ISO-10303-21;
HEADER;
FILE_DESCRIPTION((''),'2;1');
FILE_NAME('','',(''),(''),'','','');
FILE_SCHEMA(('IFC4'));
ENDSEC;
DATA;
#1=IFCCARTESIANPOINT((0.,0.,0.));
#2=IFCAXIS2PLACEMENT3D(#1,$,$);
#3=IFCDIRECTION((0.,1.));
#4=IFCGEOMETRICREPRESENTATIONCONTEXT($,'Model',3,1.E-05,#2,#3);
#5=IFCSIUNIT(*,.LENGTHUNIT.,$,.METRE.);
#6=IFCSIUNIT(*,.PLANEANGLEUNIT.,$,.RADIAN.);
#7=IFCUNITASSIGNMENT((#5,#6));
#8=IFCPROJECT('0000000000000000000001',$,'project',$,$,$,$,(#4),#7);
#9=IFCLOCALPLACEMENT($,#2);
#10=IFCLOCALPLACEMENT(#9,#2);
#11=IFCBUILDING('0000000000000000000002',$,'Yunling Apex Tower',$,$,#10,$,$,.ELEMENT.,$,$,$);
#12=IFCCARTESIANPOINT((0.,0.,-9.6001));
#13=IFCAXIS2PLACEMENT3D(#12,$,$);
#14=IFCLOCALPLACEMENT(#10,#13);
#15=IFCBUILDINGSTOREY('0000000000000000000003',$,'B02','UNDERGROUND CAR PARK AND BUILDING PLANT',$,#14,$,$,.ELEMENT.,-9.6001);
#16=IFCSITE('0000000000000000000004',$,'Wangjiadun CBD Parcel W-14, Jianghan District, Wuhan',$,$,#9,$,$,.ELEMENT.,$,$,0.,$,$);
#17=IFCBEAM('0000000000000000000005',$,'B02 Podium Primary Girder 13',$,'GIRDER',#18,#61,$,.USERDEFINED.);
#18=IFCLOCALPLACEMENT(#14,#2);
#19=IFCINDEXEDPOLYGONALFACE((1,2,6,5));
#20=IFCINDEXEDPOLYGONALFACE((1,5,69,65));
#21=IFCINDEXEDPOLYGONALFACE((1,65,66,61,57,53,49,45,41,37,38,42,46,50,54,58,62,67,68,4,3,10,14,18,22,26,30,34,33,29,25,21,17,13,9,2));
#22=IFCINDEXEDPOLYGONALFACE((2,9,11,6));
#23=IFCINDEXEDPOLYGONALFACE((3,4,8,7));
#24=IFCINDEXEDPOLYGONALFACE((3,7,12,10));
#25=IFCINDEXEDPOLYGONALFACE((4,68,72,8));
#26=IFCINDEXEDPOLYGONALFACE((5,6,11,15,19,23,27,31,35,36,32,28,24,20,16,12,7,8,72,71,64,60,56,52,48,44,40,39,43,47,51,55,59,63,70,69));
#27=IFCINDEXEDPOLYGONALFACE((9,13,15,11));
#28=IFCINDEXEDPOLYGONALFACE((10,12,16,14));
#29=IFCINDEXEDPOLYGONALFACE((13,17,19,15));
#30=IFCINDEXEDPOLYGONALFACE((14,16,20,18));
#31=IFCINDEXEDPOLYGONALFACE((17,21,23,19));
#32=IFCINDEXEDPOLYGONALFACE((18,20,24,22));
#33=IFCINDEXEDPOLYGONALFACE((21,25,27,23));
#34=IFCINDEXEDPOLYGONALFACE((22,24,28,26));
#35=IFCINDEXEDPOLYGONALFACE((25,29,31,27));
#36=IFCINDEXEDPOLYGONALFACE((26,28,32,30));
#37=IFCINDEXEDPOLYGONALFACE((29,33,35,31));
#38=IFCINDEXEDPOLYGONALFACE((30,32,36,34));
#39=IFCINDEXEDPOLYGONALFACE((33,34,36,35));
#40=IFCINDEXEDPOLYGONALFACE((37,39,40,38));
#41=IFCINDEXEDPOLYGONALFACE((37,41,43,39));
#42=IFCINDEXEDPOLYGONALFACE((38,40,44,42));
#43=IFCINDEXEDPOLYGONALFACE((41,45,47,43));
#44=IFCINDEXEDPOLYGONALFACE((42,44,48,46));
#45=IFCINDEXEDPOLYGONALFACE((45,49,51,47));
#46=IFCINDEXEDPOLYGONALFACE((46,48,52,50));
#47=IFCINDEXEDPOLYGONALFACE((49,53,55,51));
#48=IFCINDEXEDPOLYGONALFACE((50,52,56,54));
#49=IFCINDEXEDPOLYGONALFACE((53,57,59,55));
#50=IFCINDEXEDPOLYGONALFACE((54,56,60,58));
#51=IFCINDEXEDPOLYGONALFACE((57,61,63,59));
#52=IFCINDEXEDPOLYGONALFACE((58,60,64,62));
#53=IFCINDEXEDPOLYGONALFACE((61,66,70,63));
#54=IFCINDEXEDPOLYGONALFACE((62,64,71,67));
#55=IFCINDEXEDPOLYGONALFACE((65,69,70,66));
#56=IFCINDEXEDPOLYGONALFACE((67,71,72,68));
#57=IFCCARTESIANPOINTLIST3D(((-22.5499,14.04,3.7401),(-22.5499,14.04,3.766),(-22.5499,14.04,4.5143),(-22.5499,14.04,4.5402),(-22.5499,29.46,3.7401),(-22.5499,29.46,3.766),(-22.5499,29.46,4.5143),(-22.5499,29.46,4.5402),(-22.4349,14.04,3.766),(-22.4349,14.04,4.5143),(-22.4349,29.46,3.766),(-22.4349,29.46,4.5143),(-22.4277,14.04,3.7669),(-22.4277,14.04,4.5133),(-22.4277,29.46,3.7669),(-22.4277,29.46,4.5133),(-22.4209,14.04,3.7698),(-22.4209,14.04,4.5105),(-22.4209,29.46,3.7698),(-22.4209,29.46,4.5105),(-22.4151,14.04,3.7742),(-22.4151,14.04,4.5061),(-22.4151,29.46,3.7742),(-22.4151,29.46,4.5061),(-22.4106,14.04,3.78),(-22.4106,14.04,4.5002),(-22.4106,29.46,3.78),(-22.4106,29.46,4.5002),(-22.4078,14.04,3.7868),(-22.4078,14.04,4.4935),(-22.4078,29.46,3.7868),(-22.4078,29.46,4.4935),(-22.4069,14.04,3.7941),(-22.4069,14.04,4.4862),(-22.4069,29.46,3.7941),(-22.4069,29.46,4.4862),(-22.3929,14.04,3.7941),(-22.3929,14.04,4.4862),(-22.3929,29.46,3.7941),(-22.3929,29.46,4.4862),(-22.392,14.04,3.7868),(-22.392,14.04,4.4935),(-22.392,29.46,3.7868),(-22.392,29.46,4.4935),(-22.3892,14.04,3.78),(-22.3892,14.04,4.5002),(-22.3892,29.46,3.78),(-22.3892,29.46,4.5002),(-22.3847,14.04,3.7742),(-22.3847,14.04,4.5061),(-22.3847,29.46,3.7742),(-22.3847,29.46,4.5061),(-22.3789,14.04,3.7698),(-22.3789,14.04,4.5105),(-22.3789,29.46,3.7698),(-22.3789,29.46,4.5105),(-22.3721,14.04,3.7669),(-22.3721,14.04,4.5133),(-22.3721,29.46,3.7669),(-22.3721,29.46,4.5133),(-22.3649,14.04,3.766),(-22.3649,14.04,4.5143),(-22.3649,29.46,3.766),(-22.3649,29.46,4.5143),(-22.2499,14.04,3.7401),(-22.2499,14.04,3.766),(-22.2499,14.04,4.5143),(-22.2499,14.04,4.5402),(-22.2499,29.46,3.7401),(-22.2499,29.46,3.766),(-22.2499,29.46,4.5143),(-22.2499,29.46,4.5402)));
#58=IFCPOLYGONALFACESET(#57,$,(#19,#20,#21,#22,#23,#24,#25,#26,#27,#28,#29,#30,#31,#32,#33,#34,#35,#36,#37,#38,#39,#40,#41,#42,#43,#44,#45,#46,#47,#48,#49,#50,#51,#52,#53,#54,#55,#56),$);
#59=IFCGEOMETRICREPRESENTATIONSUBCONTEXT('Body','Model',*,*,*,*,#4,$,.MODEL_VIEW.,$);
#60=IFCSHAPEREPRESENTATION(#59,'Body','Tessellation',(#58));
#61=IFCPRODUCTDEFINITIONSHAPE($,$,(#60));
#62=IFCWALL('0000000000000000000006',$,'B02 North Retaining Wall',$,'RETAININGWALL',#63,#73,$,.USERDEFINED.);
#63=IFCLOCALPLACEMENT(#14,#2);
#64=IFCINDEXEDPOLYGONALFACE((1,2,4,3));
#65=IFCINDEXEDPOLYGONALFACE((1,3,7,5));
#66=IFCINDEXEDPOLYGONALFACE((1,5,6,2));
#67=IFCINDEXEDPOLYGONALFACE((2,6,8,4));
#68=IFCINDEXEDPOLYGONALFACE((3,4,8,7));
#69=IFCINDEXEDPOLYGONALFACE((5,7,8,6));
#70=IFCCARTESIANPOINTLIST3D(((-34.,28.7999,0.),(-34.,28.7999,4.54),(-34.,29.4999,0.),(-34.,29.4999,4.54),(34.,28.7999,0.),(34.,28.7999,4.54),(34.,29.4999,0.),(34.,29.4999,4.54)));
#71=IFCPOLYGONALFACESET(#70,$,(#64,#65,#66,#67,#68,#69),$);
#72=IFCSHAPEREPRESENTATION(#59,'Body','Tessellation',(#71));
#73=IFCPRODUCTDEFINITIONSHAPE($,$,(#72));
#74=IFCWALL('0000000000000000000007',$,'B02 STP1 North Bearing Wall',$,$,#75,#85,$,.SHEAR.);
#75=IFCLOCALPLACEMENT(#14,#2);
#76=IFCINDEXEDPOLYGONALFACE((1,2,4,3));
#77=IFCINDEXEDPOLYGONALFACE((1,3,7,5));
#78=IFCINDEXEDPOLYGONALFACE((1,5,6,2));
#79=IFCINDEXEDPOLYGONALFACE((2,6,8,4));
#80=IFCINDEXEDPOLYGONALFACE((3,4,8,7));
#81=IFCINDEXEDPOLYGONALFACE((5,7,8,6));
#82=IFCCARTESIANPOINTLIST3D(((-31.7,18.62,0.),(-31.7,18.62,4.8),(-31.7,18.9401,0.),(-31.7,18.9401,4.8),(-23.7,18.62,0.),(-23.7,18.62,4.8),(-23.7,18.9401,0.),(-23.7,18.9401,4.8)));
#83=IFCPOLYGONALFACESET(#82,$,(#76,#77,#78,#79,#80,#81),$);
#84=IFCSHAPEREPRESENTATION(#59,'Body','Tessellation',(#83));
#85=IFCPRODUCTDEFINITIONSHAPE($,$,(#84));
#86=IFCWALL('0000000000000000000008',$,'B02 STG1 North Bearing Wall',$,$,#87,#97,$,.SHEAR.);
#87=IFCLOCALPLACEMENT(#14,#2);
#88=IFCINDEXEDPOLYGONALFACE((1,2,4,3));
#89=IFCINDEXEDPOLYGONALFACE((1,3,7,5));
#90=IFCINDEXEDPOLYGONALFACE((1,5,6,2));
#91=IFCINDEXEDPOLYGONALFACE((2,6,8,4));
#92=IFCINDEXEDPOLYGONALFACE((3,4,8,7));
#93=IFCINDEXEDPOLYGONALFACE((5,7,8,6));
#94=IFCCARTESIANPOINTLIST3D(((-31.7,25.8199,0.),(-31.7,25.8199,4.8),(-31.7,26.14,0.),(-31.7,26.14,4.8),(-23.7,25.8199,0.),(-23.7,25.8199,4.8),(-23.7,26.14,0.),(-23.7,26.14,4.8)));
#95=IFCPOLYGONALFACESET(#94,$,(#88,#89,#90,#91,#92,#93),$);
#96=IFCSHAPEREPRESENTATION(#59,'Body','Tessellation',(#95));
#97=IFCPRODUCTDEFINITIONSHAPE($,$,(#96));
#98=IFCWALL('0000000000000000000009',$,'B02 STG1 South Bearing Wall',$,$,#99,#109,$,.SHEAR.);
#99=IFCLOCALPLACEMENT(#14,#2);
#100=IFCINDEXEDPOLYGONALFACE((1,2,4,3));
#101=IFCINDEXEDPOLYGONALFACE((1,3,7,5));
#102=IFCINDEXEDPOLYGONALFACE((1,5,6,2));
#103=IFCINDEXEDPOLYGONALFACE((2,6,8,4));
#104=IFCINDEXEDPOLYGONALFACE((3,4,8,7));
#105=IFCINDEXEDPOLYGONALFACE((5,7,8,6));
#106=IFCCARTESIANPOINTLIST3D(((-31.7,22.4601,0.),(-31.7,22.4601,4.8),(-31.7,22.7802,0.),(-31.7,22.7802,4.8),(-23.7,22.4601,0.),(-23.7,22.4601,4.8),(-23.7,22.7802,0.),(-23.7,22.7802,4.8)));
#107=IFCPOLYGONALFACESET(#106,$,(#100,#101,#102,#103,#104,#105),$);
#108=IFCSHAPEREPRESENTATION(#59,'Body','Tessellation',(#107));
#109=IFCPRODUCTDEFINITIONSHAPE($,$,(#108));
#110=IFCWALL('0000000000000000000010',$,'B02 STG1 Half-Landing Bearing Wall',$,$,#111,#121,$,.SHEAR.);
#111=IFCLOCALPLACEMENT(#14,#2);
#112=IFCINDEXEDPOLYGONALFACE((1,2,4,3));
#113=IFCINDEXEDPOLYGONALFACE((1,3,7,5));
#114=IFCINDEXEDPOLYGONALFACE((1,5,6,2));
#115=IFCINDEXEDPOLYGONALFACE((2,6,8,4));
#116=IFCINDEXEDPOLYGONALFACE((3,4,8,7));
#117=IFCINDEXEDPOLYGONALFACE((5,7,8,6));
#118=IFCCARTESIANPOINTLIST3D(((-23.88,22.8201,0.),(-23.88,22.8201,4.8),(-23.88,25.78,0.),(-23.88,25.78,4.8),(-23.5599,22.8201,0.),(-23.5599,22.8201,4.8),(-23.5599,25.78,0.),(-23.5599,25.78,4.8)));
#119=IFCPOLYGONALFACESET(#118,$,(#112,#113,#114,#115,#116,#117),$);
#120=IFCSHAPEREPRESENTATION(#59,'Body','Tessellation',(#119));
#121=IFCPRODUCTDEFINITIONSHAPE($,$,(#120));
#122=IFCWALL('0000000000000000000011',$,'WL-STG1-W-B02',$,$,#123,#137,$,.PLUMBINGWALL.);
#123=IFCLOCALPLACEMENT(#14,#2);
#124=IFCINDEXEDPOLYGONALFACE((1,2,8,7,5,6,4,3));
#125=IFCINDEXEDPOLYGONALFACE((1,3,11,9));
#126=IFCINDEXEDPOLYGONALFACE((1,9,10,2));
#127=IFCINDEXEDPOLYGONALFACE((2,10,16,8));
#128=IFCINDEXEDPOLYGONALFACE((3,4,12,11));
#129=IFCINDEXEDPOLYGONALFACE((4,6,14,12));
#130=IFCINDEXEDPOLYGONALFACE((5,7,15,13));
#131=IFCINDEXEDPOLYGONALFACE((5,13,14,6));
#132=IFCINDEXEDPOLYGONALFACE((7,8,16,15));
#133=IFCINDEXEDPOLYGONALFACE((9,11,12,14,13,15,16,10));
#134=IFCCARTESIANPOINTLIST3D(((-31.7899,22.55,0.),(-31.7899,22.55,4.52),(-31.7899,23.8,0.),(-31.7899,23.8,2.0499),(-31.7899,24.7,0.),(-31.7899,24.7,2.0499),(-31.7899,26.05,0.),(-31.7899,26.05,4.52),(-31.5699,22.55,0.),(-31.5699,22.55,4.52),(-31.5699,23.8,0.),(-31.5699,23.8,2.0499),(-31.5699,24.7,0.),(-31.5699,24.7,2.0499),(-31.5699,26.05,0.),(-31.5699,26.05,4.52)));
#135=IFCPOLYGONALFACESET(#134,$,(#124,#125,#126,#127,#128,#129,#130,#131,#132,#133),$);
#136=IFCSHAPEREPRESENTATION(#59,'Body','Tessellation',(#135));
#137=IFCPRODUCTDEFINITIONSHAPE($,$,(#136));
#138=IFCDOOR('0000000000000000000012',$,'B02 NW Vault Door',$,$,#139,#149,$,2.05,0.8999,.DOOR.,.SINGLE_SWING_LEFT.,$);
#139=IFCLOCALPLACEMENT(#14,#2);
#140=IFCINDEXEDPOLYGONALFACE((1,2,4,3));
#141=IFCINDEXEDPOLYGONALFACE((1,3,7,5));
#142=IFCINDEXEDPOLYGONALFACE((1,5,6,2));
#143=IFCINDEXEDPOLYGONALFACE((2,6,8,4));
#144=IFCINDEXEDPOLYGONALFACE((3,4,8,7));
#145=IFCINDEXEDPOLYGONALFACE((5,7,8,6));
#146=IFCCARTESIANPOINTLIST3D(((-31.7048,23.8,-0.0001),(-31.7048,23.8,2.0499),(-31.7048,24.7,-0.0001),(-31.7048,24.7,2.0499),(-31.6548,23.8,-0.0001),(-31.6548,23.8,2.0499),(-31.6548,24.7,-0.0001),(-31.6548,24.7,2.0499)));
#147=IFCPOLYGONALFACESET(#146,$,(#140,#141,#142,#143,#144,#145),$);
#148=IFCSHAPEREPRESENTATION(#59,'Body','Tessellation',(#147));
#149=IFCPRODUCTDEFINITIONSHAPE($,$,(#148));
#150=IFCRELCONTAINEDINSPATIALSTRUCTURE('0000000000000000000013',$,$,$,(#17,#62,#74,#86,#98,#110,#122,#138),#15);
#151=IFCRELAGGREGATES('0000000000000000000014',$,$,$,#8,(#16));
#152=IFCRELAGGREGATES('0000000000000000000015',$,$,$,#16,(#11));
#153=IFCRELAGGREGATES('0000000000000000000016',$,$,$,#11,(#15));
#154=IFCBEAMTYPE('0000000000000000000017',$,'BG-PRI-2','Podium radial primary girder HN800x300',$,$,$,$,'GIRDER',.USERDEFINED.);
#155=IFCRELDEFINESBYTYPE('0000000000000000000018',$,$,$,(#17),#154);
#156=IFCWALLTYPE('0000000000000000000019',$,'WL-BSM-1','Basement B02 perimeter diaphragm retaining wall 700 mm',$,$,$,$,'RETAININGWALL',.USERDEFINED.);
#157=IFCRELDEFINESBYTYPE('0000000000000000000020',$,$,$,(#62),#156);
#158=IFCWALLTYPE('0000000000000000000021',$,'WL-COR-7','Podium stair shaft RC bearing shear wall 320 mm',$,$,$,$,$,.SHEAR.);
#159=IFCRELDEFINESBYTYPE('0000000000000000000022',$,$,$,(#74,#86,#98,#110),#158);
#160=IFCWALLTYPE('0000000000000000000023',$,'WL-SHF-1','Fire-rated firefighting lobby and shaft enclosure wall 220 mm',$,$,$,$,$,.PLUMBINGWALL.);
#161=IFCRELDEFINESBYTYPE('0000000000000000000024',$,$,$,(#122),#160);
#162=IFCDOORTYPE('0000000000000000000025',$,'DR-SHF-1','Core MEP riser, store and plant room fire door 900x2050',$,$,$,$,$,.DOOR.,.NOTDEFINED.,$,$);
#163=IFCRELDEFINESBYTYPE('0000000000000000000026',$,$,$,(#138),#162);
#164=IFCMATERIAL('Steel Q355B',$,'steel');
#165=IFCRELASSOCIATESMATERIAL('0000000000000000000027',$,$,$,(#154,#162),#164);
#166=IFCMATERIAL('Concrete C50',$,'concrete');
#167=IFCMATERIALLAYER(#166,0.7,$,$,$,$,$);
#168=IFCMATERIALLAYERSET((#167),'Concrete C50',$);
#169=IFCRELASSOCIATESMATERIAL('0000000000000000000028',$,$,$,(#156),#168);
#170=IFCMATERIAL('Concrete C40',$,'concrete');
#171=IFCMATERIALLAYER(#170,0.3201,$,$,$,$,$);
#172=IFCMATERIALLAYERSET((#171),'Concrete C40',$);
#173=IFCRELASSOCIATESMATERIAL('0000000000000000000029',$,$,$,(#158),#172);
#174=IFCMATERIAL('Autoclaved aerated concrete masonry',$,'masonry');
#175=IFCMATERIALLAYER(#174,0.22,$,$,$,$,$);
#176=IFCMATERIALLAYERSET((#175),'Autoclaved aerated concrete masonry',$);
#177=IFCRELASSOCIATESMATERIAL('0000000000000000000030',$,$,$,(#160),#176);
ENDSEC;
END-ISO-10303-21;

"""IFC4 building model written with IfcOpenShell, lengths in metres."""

from ifc_helpers import new_model, si_unit, direction, frame, frame_2d, origin, origin_2d, place, context, subcontext, project, spatial, rectangle, i_section, extrude, source, transform, mapped, material, layer, layer_set, material_profile, profile_set, type_object, element, fill, save


model = new_model("IFC4")

# Units and contexts
model_context = context("Model", 3, precision=1e-05, world=origin(), true_north=direction((0.0, 1.0)))
body_context = subcontext(model_context, "Body", "Model", "MODEL_VIEW")
ifc_project = project(units=[si_unit("LENGTHUNIT", "METRE"), si_unit("PLANEANGLEUNIT", "RADIAN")], contexts=[model_context])

# Site, building, storey
site_placement = place(None, origin())
site = spatial("IfcSite", under=ifc_project, at=site_placement, Name="Wangjiadun CBD Parcel W-14, Jianghan District, Wuhan", CompositionType="ELEMENT", RefElevation=0.0)
building_placement = place(site_placement, origin())
building = spatial("IfcBuilding", under=site, at=building_placement, Name="Yunling Apex Tower", CompositionType="ELEMENT")
storey_placement = place(building_placement, frame((0.0, 0.0, -9.6001)))
storey = spatial("IfcBuildingStorey", under=building, at=storey_placement, Name="B02", Description="UNDERGROUND CAR PARK AND BUILDING PLANT", CompositionType="ELEMENT", Elevation=-9.6001)

# Shared definitions
ifc_material_1 = material(Name="Concrete C50", Category="concrete")

# Beam
ifc_material_2 = material(Name="Steel Q355B", Category="steel")
ifc_material_profile_1 = material_profile(ifc_material_2, i_section(OverallWidth=0.3, OverallDepth=0.8, WebThickness=0.0139, FlangeThickness=0.0259, FilletRadius=0.0281, at=origin_2d()))
ifc_profile_set_1 = profile_set([ifc_material_profile_1], Name="Steel Q355B")
beam_type_1 = type_object("IfcBeamType", Name="BG-PRI-2", Description="Podium radial primary girder HN800x300", ElementType="GIRDER", PredefinedType="USERDEFINED", material=ifc_profile_set_1)
shared_shape_1 = source(origin(), body_context, "Body", "SweptSolid", [
    extrude(i_section(OverallWidth=0.3, OverallDepth=0.8, WebThickness=0.0139, FlangeThickness=0.0259, FilletRadius=0.0281, at=origin_2d()), origin(), (0.0, 0.0, 1.0), 15.4199),
])
beam_1_placement = place(storey_placement, frame((-22.3999, 29.46, 4.1401), z_axis=(0.0, -1.0, 0.0), x_axis=(1.0, 0.0, 0.0)))
element("IfcBeam", 1, at=beam_1_placement, inside=storey, type_object=beam_type_1, Name="B02 Podium Primary Girder 13", ObjectType="GIRDER", PredefinedType="USERDEFINED", context=body_context, shape_type="MappedRepresentation", body=[
    mapped(shared_shape_1, transform((0.0, 0.0, 0.0), scale=1.0)),
])

# Walls
ifc_layer_1 = layer(ifc_material_1, 0.7)
ifc_layer_set_1 = layer_set([ifc_layer_1], Name="Concrete C50")
wall_type_1 = type_object("IfcWallType", Name="WL-BSM-1", Description="Basement B02 perimeter diaphragm retaining wall 700 mm", ElementType="RETAININGWALL", PredefinedType="USERDEFINED", material=ifc_layer_set_1)
wall_1_placement = place(storey_placement, frame((-34.0, 29.1499, 0.0), z_axis=(0.0, 0.0, 1.0), x_axis=(1.0, 0.0, 0.0)))
element("IfcWall", 2, at=wall_1_placement, inside=storey, type_object=wall_type_1, Name="B02 North Retaining Wall", ObjectType="RETAININGWALL", PredefinedType="USERDEFINED", context=body_context, shape_type="SweptSolid", body=[
    extrude(rectangle(XDim=68.0, YDim=0.7, at=frame_2d((34.0, 0.0))), origin(), (0.0, 0.0, 1.0), 4.54),
])
ifc_material_3 = material(Name="Concrete C40", Category="concrete")
ifc_layer_2 = layer(ifc_material_3, 0.3201)
ifc_layer_set_2 = layer_set([ifc_layer_2], Name="Concrete C40")
wall_type_2 = type_object("IfcWallType", Name="WL-COR-7", Description="Podium stair shaft RC bearing shear wall 320 mm", PredefinedType="SHEAR", material=ifc_layer_set_2)
for number, where, z_axis, x_axis, name in (
    (3, (-31.7, 18.78, 0.0), (0.0, 0.0, 1.0), (1.0, 0.0, 0.0), "B02 STP1 North Bearing Wall"),
    (4, (-31.7, 25.98, 0.0), (0.0, 0.0, 1.0), (1.0, 0.0, 0.0), "B02 STG1 North Bearing Wall"),
    (5, (-31.7, 22.6201, 0.0), (0.0, 0.0, 1.0), (1.0, 0.0, 0.0), "B02 STG1 South Bearing Wall"),
):
    element("IfcWall", number, at=place(storey_placement, frame(where, z_axis=z_axis, x_axis=x_axis)), inside=storey, type_object=wall_type_2, Name=name, PredefinedType="SHEAR", context=body_context, shape_type="SweptSolid", body=[
        extrude(rectangle(XDim=8.0, YDim=0.3201, at=frame_2d((4.0, 0.0))), origin(), (0.0, 0.0, 1.0), 4.8),
    ])
wall_2_placement = place(storey_placement, frame((-23.72, 22.8201, 0.0), z_axis=(0.0, 0.0, 1.0), x_axis=(0.0, 1.0, 0.0)))
element("IfcWall", 6, at=wall_2_placement, inside=storey, type_object=wall_type_2, Name="B02 STG1 Half-Landing Bearing Wall", PredefinedType="SHEAR", context=body_context, shape_type="SweptSolid", body=[
    extrude(rectangle(XDim=2.96, YDim=0.3201, at=frame_2d((1.48, 0.0))), origin(), (0.0, 0.0, 1.0), 4.8),
])

# Wall, opening, door
ifc_material_4 = material(Name="Autoclaved aerated concrete masonry", Category="masonry")
ifc_layer_3 = layer(ifc_material_4, 0.22)
ifc_layer_set_3 = layer_set([ifc_layer_3], Name="Autoclaved aerated concrete masonry")
wall_type_3 = type_object("IfcWallType", Name="WL-SHF-1", Description="Fire-rated firefighting lobby and shaft enclosure wall 220 mm", PredefinedType="PLUMBINGWALL", material=ifc_layer_set_3)
wall_3_placement = place(storey_placement, frame((-31.6799, 22.55, 0.0), z_axis=(0.0, 0.0, 1.0), x_axis=(0.0, 1.0, 0.0)))
wall_3 = element("IfcWall", 7, at=wall_3_placement, inside=storey, type_object=wall_type_3, Name="WL-STG1-W-B02", PredefinedType="PLUMBINGWALL", context=body_context, shape_type="SweptSolid", body=[
    extrude(rectangle(XDim=3.5, YDim=0.22, at=frame_2d((1.75, 0.0))), origin(), (0.0, 0.0, 1.0), 4.52),
])
opening_placement = place(wall_3_placement, frame((1.25, 0.0, 0.0)))
opening = element("IfcOpeningElement", 8, at=opening_placement, cuts=wall_3, PredefinedType="OPENING", context=body_context, shape_type="SweptSolid", body=[
    extrude(rectangle(XDim=0.8999, YDim=2.05, at=frame_2d((0.45, 1.0249))), frame((0.0, 0.1201, 0.0), z_axis=(0.0, -1.0, 0.0), x_axis=(1.0, 0.0, 0.0)), (0.0, 0.0, 1.0), 0.24),
])
door_type = type_object("IfcDoorType", Name="DR-SHF-1", Description="Core MEP riser, store and plant room fire door 900x2050", OperationType="NOTDEFINED", PredefinedType="DOOR", material=ifc_material_2)
door_placement = place(opening_placement, origin())
door = element("IfcDoor", 9, at=door_placement, inside=storey, type_object=door_type, Name="B02 NW Vault Door", OperationType="SINGLE_SWING_LEFT", OverallHeight=2.05, OverallWidth=0.8999, PredefinedType="DOOR", context=body_context, shape_type="SweptSolid", body=[
    extrude(rectangle(XDim=0.8999, YDim=2.05, at=frame_2d((0.45, 1.0249))), frame((0.0, 0.0249, 0.0), z_axis=(0.0, -1.0, 0.0), x_axis=(1.0, 0.0, 0.0)), (0.0, 0.0, 1.0), 0.05),
])
fill(opening, door)

save(model, "model.ifc")
